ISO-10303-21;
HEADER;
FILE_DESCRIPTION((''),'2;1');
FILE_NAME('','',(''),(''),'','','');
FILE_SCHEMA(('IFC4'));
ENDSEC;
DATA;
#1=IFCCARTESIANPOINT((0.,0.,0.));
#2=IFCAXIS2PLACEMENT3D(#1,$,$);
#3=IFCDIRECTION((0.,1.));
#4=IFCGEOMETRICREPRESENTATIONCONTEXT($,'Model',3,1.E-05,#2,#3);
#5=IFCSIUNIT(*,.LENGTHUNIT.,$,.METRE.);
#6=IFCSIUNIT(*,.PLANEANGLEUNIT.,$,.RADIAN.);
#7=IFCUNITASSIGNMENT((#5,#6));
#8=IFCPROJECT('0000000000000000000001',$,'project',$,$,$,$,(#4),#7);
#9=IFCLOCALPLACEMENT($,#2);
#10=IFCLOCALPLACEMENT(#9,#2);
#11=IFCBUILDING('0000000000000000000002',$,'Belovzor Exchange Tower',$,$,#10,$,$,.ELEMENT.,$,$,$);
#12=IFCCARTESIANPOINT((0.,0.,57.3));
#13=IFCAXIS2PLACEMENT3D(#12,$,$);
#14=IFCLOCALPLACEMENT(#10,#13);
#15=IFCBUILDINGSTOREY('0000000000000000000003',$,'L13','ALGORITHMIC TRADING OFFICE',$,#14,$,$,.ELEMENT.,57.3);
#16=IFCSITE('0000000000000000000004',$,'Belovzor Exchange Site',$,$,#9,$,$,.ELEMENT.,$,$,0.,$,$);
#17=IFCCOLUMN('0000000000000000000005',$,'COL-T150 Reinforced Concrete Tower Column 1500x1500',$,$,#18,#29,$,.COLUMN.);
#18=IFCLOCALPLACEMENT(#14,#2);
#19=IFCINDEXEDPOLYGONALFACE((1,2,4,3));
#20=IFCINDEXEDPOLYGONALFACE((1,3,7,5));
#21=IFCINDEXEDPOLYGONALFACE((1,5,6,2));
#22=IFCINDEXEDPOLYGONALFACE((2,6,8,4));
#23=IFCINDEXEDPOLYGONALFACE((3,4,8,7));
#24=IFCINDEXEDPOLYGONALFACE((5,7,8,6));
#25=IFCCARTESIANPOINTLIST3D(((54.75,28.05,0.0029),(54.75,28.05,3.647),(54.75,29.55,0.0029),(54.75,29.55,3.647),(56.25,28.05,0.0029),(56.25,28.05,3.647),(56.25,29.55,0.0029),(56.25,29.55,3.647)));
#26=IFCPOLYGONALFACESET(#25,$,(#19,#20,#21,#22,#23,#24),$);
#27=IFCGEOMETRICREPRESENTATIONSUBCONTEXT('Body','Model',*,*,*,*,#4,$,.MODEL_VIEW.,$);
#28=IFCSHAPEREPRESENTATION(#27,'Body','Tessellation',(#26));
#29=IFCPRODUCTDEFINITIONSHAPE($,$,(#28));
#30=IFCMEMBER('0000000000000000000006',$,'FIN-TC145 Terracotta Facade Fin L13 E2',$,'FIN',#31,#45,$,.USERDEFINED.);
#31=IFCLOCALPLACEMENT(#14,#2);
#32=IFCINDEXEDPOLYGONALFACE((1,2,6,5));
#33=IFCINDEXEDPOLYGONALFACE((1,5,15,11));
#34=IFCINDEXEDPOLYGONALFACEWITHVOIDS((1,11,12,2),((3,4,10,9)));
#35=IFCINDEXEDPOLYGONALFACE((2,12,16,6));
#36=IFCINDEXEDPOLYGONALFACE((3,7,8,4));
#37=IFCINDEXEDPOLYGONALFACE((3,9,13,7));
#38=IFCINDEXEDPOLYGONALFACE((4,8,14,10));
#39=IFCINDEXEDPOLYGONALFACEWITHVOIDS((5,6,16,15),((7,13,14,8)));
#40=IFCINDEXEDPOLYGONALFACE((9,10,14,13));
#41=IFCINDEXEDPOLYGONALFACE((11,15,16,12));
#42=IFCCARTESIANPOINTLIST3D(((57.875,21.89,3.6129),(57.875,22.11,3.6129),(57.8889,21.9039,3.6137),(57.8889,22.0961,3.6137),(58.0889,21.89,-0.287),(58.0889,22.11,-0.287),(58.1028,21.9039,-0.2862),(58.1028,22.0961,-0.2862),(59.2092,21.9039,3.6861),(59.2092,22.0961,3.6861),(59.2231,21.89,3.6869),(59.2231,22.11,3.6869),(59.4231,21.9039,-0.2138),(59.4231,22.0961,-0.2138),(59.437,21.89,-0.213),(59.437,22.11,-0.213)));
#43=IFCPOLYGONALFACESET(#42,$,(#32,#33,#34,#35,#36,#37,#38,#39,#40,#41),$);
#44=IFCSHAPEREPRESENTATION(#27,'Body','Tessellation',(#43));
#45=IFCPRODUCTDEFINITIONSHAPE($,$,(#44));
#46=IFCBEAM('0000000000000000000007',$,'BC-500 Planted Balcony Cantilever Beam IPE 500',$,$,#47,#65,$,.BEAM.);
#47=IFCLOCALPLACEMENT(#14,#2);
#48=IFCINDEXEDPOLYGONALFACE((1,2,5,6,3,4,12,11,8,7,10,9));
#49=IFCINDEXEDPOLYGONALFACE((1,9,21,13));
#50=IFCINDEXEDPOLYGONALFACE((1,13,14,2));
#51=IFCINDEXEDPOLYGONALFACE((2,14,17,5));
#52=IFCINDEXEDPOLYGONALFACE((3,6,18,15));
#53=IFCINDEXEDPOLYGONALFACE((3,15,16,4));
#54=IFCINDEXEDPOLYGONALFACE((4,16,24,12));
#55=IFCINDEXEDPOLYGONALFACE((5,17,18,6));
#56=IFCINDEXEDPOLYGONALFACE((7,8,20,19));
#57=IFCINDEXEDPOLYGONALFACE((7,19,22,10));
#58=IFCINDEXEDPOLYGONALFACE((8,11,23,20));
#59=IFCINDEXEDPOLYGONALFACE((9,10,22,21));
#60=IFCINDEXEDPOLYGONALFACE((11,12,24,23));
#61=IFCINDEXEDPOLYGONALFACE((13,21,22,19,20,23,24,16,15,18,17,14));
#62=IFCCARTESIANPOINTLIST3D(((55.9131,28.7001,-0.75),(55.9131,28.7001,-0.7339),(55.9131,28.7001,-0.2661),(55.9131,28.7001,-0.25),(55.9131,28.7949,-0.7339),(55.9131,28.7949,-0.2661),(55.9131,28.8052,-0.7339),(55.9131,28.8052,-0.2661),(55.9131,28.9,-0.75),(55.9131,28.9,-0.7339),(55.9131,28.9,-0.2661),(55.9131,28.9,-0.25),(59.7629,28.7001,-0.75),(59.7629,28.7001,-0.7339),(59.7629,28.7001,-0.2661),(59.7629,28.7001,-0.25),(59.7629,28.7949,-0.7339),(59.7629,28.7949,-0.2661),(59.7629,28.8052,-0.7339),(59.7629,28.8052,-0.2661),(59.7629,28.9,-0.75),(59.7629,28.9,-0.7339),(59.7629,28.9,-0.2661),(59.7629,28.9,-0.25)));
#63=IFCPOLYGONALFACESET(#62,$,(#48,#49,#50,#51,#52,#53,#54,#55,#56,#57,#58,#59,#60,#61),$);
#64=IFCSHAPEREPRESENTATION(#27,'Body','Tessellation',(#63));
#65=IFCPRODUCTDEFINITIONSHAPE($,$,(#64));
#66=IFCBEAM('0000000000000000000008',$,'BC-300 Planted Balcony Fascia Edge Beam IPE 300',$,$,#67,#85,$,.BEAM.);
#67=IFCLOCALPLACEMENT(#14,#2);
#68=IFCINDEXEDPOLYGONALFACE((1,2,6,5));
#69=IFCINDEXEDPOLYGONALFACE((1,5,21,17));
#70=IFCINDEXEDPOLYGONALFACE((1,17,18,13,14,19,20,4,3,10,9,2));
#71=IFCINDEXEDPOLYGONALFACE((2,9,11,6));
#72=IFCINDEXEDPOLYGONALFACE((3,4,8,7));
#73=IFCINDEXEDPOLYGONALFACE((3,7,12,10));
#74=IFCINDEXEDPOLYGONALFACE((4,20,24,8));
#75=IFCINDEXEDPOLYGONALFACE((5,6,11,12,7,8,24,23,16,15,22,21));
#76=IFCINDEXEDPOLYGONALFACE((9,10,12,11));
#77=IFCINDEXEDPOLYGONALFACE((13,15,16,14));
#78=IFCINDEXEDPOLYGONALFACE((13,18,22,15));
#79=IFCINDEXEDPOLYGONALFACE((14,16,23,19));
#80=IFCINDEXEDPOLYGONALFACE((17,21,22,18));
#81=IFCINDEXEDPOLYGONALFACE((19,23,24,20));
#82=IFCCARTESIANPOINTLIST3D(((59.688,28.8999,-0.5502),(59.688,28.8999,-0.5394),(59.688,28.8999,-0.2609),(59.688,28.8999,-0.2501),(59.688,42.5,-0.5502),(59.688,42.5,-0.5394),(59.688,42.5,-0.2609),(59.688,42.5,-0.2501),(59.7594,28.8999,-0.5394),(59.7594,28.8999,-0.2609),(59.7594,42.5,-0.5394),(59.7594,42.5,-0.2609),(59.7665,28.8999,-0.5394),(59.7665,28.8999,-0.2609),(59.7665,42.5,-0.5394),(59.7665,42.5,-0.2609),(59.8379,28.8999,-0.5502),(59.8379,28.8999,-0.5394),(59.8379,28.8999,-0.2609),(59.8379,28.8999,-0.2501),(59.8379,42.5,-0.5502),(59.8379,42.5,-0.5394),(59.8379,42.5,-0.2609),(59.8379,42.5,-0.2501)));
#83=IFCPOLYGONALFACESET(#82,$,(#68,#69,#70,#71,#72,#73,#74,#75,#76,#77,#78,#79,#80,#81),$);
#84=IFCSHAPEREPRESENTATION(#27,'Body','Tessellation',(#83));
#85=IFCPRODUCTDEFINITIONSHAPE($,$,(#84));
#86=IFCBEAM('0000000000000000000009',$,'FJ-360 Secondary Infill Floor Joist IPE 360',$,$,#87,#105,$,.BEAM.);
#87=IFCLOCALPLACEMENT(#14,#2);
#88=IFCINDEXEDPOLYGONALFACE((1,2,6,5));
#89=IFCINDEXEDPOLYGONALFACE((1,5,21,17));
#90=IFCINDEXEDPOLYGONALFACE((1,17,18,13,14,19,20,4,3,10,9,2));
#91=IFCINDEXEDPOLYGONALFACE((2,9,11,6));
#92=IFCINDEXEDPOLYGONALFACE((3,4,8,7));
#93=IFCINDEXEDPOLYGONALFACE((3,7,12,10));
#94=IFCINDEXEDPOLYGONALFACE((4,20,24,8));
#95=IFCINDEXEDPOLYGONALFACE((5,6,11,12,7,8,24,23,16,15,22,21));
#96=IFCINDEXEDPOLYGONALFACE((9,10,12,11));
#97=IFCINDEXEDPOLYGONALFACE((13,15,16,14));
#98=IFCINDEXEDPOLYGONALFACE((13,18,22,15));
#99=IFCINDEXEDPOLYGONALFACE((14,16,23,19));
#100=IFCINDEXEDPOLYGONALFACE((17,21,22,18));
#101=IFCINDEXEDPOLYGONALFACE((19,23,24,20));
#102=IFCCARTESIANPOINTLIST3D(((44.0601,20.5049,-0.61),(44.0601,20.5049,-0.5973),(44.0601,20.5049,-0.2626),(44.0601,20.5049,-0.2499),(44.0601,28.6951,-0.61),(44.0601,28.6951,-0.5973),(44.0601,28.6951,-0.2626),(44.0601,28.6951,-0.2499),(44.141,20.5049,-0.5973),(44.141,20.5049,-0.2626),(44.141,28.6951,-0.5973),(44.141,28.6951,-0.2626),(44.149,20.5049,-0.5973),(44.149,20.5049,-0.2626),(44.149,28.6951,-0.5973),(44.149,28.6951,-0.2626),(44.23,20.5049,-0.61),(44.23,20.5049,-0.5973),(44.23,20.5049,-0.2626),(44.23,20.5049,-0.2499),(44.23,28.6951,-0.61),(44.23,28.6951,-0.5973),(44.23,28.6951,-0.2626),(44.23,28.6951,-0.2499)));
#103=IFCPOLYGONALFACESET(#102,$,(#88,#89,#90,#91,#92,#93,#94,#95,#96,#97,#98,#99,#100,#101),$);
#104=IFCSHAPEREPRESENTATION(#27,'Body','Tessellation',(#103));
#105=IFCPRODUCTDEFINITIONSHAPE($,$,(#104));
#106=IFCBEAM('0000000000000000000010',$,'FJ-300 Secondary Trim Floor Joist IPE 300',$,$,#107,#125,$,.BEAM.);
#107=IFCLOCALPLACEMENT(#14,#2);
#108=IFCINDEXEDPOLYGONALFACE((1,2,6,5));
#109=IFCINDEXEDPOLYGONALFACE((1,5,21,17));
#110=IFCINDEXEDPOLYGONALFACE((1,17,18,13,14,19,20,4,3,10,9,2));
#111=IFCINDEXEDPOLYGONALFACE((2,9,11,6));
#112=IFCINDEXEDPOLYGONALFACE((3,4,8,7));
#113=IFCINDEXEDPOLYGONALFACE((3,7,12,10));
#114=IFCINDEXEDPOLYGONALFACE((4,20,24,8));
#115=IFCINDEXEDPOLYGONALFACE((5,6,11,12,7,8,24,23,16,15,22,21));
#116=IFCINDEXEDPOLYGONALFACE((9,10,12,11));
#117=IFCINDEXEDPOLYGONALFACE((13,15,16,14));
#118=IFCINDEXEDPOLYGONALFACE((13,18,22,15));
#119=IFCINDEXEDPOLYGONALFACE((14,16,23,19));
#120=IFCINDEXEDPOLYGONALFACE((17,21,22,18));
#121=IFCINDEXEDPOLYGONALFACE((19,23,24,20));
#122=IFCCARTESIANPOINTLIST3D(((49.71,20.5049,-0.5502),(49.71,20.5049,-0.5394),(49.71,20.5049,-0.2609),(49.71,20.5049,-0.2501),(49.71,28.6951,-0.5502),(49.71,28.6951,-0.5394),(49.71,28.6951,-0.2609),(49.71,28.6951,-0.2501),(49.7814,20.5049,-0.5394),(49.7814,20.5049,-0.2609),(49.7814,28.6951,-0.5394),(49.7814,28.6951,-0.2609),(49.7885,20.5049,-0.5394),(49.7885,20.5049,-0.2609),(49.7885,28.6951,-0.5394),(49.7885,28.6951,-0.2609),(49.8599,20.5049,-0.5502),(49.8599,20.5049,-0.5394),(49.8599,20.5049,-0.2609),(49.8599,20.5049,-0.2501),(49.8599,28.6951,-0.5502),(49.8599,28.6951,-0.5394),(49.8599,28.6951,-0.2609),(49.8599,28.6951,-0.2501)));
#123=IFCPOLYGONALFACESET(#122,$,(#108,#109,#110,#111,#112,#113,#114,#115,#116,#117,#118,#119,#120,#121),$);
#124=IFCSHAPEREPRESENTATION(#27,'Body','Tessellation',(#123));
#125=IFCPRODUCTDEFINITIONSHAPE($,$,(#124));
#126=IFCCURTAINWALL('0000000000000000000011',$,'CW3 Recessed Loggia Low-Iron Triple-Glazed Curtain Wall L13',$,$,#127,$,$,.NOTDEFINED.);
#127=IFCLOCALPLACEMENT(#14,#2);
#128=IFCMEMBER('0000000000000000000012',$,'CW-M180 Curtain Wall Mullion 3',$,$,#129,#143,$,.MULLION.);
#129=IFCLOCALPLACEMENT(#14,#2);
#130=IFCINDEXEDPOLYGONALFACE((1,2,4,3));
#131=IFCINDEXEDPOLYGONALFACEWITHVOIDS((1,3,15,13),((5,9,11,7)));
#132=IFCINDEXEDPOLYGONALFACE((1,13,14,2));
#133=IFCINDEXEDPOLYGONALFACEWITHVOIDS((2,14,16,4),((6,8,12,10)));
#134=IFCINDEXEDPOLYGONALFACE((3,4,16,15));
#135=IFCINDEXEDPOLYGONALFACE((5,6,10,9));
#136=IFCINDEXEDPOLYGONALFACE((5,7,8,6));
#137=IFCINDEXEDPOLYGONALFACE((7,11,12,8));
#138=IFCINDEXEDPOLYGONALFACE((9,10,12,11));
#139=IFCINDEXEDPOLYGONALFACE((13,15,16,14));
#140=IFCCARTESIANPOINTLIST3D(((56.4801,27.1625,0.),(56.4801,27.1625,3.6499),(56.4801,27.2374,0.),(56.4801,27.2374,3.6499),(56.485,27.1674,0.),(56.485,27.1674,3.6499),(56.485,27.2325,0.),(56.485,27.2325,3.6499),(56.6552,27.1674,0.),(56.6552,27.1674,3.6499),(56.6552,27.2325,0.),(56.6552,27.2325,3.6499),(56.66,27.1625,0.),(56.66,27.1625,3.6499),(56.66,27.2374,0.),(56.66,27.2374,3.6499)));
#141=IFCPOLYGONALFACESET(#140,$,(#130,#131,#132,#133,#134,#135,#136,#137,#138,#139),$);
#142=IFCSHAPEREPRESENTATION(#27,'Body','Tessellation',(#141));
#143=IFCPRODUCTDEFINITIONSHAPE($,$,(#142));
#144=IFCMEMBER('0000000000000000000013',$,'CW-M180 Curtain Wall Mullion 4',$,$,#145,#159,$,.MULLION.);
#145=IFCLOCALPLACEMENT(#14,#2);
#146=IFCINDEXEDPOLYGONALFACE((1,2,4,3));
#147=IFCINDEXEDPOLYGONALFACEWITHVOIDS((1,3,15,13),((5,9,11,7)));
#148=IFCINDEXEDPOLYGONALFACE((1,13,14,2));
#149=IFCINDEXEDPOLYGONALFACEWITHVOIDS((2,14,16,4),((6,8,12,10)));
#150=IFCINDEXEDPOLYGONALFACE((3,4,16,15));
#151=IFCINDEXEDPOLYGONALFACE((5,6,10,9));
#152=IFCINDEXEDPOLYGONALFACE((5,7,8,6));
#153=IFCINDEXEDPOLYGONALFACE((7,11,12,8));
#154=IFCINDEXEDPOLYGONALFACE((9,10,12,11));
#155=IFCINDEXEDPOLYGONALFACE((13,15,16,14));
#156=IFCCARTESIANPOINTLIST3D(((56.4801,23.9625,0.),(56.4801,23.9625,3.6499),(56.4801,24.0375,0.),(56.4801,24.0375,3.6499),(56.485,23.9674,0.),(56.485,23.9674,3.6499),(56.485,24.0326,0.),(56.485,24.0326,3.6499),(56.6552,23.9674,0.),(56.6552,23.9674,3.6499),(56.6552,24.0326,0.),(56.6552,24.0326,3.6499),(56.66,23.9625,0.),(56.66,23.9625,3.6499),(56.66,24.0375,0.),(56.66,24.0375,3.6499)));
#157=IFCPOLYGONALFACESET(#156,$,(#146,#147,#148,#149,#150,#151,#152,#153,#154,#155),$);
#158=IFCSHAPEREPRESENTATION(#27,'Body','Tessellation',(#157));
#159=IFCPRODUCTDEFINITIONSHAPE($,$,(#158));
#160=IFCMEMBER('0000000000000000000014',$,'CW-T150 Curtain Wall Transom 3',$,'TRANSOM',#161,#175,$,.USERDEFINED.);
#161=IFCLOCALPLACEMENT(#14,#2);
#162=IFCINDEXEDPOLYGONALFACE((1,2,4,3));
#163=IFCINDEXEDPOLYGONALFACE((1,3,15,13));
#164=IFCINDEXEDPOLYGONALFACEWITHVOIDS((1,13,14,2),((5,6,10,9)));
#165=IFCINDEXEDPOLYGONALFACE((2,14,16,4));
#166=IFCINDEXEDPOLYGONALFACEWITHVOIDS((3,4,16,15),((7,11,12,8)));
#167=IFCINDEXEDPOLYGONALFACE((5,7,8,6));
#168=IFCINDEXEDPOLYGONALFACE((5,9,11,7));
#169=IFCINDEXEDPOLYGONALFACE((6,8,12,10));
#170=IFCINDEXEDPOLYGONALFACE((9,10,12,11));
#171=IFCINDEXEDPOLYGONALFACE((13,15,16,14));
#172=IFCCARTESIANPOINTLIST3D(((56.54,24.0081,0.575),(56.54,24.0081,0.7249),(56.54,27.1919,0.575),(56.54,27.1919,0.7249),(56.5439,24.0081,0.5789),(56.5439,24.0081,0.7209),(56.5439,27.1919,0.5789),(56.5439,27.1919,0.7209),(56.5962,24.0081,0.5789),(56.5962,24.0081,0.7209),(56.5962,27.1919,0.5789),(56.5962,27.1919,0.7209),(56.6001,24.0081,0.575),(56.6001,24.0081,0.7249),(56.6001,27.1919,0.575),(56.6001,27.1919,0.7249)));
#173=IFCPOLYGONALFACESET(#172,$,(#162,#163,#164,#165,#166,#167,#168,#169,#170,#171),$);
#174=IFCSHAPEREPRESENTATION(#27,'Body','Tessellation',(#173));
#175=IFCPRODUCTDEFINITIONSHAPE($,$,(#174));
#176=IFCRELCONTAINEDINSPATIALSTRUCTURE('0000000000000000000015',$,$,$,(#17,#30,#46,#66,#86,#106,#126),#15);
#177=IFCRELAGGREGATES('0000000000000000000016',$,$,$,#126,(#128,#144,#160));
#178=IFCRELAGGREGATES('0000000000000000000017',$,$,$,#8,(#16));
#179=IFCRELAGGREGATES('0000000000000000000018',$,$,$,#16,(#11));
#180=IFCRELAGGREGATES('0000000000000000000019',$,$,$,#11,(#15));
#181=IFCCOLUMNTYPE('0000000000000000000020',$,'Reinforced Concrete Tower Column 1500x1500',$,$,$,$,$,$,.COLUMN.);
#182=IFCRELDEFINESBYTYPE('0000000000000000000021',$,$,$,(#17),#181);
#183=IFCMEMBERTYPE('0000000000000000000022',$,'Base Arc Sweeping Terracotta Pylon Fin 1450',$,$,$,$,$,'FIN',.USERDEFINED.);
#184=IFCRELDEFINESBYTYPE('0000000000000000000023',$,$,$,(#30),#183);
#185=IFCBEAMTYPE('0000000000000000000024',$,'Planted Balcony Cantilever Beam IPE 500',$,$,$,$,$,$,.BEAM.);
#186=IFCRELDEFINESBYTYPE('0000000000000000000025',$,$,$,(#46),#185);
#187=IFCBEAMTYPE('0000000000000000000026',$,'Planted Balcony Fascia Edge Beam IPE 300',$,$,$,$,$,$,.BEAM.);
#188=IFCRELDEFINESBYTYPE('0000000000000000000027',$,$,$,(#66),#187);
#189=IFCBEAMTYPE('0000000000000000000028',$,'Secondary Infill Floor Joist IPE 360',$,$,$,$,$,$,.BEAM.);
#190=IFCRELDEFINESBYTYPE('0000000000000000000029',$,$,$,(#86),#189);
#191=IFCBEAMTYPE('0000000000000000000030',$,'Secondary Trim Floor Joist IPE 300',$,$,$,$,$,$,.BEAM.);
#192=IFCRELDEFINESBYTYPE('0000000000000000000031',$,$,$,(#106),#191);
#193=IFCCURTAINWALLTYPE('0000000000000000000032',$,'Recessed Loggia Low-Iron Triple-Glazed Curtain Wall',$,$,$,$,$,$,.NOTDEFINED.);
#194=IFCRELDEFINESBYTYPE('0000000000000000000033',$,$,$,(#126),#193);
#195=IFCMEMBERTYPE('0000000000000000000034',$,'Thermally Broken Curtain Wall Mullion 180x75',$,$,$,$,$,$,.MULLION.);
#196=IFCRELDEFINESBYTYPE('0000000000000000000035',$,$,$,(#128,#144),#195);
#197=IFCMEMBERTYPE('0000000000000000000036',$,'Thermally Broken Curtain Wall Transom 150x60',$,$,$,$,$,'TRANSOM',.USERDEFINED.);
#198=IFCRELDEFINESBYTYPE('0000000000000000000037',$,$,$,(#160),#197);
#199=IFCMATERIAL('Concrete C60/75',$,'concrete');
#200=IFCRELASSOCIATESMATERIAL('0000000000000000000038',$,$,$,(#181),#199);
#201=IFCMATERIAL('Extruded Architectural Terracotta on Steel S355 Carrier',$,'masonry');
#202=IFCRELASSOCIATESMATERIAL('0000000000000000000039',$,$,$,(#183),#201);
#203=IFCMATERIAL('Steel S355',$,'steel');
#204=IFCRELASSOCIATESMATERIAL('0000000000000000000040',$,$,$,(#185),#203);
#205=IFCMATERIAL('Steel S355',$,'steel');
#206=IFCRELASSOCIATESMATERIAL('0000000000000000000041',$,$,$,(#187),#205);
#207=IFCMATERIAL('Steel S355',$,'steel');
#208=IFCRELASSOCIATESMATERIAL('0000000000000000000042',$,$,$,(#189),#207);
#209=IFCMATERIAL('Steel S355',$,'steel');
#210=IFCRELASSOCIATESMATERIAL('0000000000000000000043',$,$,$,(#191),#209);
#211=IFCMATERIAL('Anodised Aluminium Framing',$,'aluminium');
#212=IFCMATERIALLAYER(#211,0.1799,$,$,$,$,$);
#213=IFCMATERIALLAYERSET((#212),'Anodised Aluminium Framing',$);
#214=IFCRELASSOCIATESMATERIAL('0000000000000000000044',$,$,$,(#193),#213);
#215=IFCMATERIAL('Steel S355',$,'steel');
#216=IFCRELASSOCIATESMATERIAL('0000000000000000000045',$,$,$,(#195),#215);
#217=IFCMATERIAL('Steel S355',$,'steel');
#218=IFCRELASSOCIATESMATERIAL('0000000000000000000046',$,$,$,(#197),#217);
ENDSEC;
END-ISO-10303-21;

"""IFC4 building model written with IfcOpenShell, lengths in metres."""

from ifc_helpers import new_model, si_unit, direction, frame, origin, origin_2d, place, context, subcontext, project, spatial, rectangle, hollow_rectangle, i_section, extrude, material, layer, layer_set, material_profile, profile_set, type_object, element, aggregate, save


model = new_model("IFC4")

# Units and contexts
model_context = context("Model", 3, precision=1e-05, world=origin(), true_north=direction((0.0, 1.0)))
body_context = subcontext(model_context, "Body", "Model", "MODEL_VIEW")
ifc_project = project(units=[si_unit("LENGTHUNIT", "METRE"), si_unit("PLANEANGLEUNIT", "RADIAN")], contexts=[model_context])

# Site, building, storey
site_placement = place(None, origin())
site = spatial("IfcSite", under=ifc_project, at=site_placement, Name="Belovzor Exchange Site", CompositionType="ELEMENT", RefElevation=0.0)
building_placement = place(site_placement, origin())
building = spatial("IfcBuilding", under=site, at=building_placement, Name="Belovzor Exchange Tower", CompositionType="ELEMENT")
storey_placement = place(building_placement, frame((0.0, 0.0, 57.3)))
storey = spatial("IfcBuildingStorey", under=building, at=storey_placement, Name="L13", Description="ALGORITHMIC TRADING OFFICE", CompositionType="ELEMENT", Elevation=57.3)

# Column
ifc_material_1 = material(Name="Concrete C60/75", Category="concrete")
ifc_material_profile_1 = material_profile(ifc_material_1, rectangle(XDim=1.5, YDim=1.5, at=origin_2d()))
ifc_profile_set_1 = profile_set([ifc_material_profile_1], Name="Concrete C60/75")
column_type = type_object("IfcColumnType", Name="Reinforced Concrete Tower Column 1500x1500", PredefinedType="COLUMN", material=ifc_profile_set_1)
column_placement = place(storey_placement, frame((55.5, 28.8, 0.0029), z_axis=(0.0, 0.0, 1.0), x_axis=(1.0, 0.0, 0.0)))
element("IfcColumn", 1, at=column_placement, inside=storey, type_object=column_type, Name="COL-T150 Reinforced Concrete Tower Column 1500x1500", PredefinedType="COLUMN", context=body_context, shape_type="SweptSolid", body=[
    extrude(rectangle(XDim=1.5, YDim=1.5, at=origin_2d()), origin(), (0.0, 0.0, 1.0), 3.644),
])

# Member
ifc_material_2 = material(Name="Extruded Architectural Terracotta on Steel S355 Carrier", Category="masonry")
ifc_material_profile_2 = material_profile(ifc_material_2, hollow_rectangle(XDim=0.22, YDim=1.3501, WallThickness=0.0139, at=origin_2d()))
ifc_profile_set_2 = profile_set([ifc_material_profile_2], Name="Extruded Architectural Terracotta on Steel S355 Carrier")
member_type_1 = type_object("IfcMemberType", Name="Base Arc Sweeping Terracotta Pylon Fin 1450", ElementType="FIN", PredefinedType="USERDEFINED", material=ifc_profile_set_2)
member_1_placement = place(storey_placement, frame((58.7629, 22.0, -0.25), z_axis=(-0.054757, 0.0, 0.9985), x_axis=(0.0, -1.0, 0.0)))
element("IfcMember", 2, at=member_1_placement, inside=storey, type_object=member_type_1, Name="FIN-TC145 Terracotta Facade Fin L13 E2", ObjectType="FIN", PredefinedType="USERDEFINED", context=body_context, shape_type="SweptSolid", body=[
    extrude(hollow_rectangle(XDim=0.22, YDim=1.3501, WallThickness=0.0139, at=origin_2d()), origin(), (0.0, 0.0, 1.0), 3.9058),
])

# Beams
ifc_material_3 = material(Name="Steel S355", Category="steel")
ifc_material_profile_3 = material_profile(ifc_material_3, i_section(OverallWidth=0.2, OverallDepth=0.5, WebThickness=0.0103, FlangeThickness=0.0161, at=origin_2d()))
ifc_profile_set_3 = profile_set([ifc_material_profile_3], Name="Steel S355")
beam_type_1 = type_object("IfcBeamType", Name="Planted Balcony Cantilever Beam IPE 500", PredefinedType="BEAM", material=ifc_profile_set_3)
beam_1_placement = place(storey_placement, frame((55.9131, 28.8, -0.5), z_axis=(1.0, 0.0, 0.0), x_axis=(0.0, 1.0, 0.0)))
element("IfcBeam", 3, at=beam_1_placement, inside=storey, type_object=beam_type_1, Name="BC-500 Planted Balcony Cantilever Beam IPE 500", PredefinedType="BEAM", context=body_context, shape_type="SweptSolid", body=[
    extrude(i_section(OverallWidth=0.2, OverallDepth=0.5, WebThickness=0.0103, FlangeThickness=0.0161, at=origin_2d()), origin(), (0.0, 0.0, 1.0), 3.8499),
])
ifc_material_4 = material(Name="Steel S355", Category="steel")
ifc_material_profile_4 = material_profile(ifc_material_4, i_section(OverallWidth=0.1499, OverallDepth=0.3, WebThickness=0.0071, FlangeThickness=0.0107, at=origin_2d()))
ifc_profile_set_4 = profile_set([ifc_material_profile_4], Name="Steel S355")
beam_type_2 = type_object("IfcBeamType", Name="Planted Balcony Fascia Edge Beam IPE 300", PredefinedType="BEAM", material=ifc_profile_set_4)
beam_2_placement = place(storey_placement, frame((59.7629, 28.8999, -0.4001), z_axis=(0.0, 1.0, 0.0), x_axis=(-1.0, 0.0, 0.0)))
element("IfcBeam", 4, at=beam_2_placement, inside=storey, type_object=beam_type_2, Name="BC-300 Planted Balcony Fascia Edge Beam IPE 300", PredefinedType="BEAM", context=body_context, shape_type="SweptSolid", body=[
    extrude(i_section(OverallWidth=0.1499, OverallDepth=0.3, WebThickness=0.0071, FlangeThickness=0.0107, at=origin_2d()), origin(), (0.0, 0.0, 1.0), 13.6001),
])
ifc_material_5 = material(Name="Steel S355", Category="steel")
ifc_material_profile_5 = material_profile(ifc_material_5, i_section(OverallWidth=0.1699, OverallDepth=0.3601, WebThickness=0.0081, FlangeThickness=0.0127, at=origin_2d()))
ifc_profile_set_5 = profile_set([ifc_material_profile_5], Name="Steel S355")
beam_type_3 = type_object("IfcBeamType", Name="Secondary Infill Floor Joist IPE 360", PredefinedType="BEAM", material=ifc_profile_set_5)
beam_3_placement = place(storey_placement, frame((44.145, 20.5049, -0.4299), z_axis=(0.0, 1.0, 0.0), x_axis=(-1.0, 0.0, 0.0)))
element("IfcBeam", 5, at=beam_3_placement, inside=storey, type_object=beam_type_3, Name="FJ-360 Secondary Infill Floor Joist IPE 360", PredefinedType="BEAM", context=body_context, shape_type="SweptSolid", body=[
    extrude(i_section(OverallWidth=0.1699, OverallDepth=0.3601, WebThickness=0.0081, FlangeThickness=0.0127, at=origin_2d()), origin(), (0.0, 0.0, 1.0), 8.1902),
])
ifc_material_6 = material(Name="Steel S355", Category="steel")
ifc_material_profile_6 = material_profile(ifc_material_6, i_section(OverallWidth=0.1499, OverallDepth=0.3, WebThickness=0.0071, FlangeThickness=0.0107, at=origin_2d()))
ifc_profile_set_6 = profile_set([ifc_material_profile_6], Name="Steel S355")
beam_type_4 = type_object("IfcBeamType", Name="Secondary Trim Floor Joist IPE 300", PredefinedType="BEAM", material=ifc_profile_set_6)
beam_4_placement = place(storey_placement, frame((49.7849, 20.5049, -0.4001), z_axis=(0.0, 1.0, 0.0), x_axis=(-1.0, 0.0, 0.0)))
element("IfcBeam", 6, at=beam_4_placement, inside=storey, type_object=beam_type_4, Name="FJ-300 Secondary Trim Floor Joist IPE 300", PredefinedType="BEAM", context=body_context, shape_type="SweptSolid", body=[
    extrude(i_section(OverallWidth=0.1499, OverallDepth=0.3, WebThickness=0.0071, FlangeThickness=0.0107, at=origin_2d()), origin(), (0.0, 0.0, 1.0), 8.1902),
])

# Curtain wall, members
ifc_material_7 = material(Name="Anodised Aluminium Framing", Category="aluminium")
ifc_layer_1 = layer(ifc_material_7, 0.1799)
ifc_layer_set_1 = layer_set([ifc_layer_1], Name="Anodised Aluminium Framing")
curtain_wall_type = type_object("IfcCurtainWallType", Name="Recessed Loggia Low-Iron Triple-Glazed Curtain Wall", PredefinedType="NOTDEFINED", material=ifc_layer_set_1)
curtain_wall_placement = place(storey_placement, origin())
curtain_wall = element("IfcCurtainWall", 7, at=curtain_wall_placement, inside=storey, type_object=curtain_wall_type, Name="CW3 Recessed Loggia Low-Iron Triple-Glazed Curtain Wall L13", PredefinedType="NOTDEFINED")
ifc_material_8 = material(Name="Steel S355", Category="steel")
ifc_material_profile_7 = material_profile(ifc_material_8, hollow_rectangle(XDim=0.075, YDim=0.1799, WallThickness=0.0049, at=origin_2d()))
ifc_profile_set_7 = profile_set([ifc_material_profile_7], Name="Steel S355")
member_type_2 = type_object("IfcMemberType", Name="Thermally Broken Curtain Wall Mullion 180x75", PredefinedType="MULLION", material=ifc_profile_set_7)
member_2_placement = place(storey_placement, frame((56.5701, 27.2, 0.0), z_axis=(0.0, 0.0, 1.0), x_axis=(0.0, -1.0, 0.0)))
member_2 = element("IfcMember", 8, at=member_2_placement, type_object=member_type_2, Name="CW-M180 Curtain Wall Mullion 3", PredefinedType="MULLION", context=body_context, shape_type="SweptSolid", body=[
    extrude(hollow_rectangle(XDim=0.075, YDim=0.1799, WallThickness=0.0049, at=origin_2d()), origin(), (0.0, 0.0, 1.0), 3.6499),
])
member_3_placement = place(storey_placement, frame((56.5701, 24.0, 0.0), z_axis=(0.0, 0.0, 1.0), x_axis=(0.0, -1.0, 0.0)))
member_3 = element("IfcMember", 9, at=member_3_placement, type_object=member_type_2, Name="CW-M180 Curtain Wall Mullion 4", PredefinedType="MULLION", context=body_context, shape_type="SweptSolid", body=[
    extrude(hollow_rectangle(XDim=0.075, YDim=0.1799, WallThickness=0.0049, at=origin_2d()), origin(), (0.0, 0.0, 1.0), 3.6499),
])
ifc_material_9 = material(Name="Steel S355", Category="steel")
ifc_material_profile_8 = material_profile(ifc_material_9, hollow_rectangle(XDim=0.0601, YDim=0.1499, WallThickness=0.0039, at=origin_2d()))
ifc_profile_set_8 = profile_set([ifc_material_profile_8], Name="Steel S355")
member_type_3 = type_object("IfcMemberType", Name="Thermally Broken Curtain Wall Transom 150x60", ElementType="TRANSOM", PredefinedType="USERDEFINED", material=ifc_profile_set_8)
member_4_placement = place(storey_placement, frame((56.5701, 27.1919, 0.6499), z_axis=(0.0, -1.0, 0.0), x_axis=(1.0, 0.0, 0.0)))
member_4 = element("IfcMember", 10, at=member_4_placement, type_object=member_type_3, Name="CW-T150 Curtain Wall Transom 3", ObjectType="TRANSOM", PredefinedType="USERDEFINED", context=body_context, shape_type="SweptSolid", body=[
    extrude(hollow_rectangle(XDim=0.0601, YDim=0.1499, WallThickness=0.0039, at=origin_2d()), origin(), (0.0, 0.0, 1.0), 3.1838),
])

aggregate(curtain_wall, [member_2, member_3, member_4])

save(model, "model.ifc")
